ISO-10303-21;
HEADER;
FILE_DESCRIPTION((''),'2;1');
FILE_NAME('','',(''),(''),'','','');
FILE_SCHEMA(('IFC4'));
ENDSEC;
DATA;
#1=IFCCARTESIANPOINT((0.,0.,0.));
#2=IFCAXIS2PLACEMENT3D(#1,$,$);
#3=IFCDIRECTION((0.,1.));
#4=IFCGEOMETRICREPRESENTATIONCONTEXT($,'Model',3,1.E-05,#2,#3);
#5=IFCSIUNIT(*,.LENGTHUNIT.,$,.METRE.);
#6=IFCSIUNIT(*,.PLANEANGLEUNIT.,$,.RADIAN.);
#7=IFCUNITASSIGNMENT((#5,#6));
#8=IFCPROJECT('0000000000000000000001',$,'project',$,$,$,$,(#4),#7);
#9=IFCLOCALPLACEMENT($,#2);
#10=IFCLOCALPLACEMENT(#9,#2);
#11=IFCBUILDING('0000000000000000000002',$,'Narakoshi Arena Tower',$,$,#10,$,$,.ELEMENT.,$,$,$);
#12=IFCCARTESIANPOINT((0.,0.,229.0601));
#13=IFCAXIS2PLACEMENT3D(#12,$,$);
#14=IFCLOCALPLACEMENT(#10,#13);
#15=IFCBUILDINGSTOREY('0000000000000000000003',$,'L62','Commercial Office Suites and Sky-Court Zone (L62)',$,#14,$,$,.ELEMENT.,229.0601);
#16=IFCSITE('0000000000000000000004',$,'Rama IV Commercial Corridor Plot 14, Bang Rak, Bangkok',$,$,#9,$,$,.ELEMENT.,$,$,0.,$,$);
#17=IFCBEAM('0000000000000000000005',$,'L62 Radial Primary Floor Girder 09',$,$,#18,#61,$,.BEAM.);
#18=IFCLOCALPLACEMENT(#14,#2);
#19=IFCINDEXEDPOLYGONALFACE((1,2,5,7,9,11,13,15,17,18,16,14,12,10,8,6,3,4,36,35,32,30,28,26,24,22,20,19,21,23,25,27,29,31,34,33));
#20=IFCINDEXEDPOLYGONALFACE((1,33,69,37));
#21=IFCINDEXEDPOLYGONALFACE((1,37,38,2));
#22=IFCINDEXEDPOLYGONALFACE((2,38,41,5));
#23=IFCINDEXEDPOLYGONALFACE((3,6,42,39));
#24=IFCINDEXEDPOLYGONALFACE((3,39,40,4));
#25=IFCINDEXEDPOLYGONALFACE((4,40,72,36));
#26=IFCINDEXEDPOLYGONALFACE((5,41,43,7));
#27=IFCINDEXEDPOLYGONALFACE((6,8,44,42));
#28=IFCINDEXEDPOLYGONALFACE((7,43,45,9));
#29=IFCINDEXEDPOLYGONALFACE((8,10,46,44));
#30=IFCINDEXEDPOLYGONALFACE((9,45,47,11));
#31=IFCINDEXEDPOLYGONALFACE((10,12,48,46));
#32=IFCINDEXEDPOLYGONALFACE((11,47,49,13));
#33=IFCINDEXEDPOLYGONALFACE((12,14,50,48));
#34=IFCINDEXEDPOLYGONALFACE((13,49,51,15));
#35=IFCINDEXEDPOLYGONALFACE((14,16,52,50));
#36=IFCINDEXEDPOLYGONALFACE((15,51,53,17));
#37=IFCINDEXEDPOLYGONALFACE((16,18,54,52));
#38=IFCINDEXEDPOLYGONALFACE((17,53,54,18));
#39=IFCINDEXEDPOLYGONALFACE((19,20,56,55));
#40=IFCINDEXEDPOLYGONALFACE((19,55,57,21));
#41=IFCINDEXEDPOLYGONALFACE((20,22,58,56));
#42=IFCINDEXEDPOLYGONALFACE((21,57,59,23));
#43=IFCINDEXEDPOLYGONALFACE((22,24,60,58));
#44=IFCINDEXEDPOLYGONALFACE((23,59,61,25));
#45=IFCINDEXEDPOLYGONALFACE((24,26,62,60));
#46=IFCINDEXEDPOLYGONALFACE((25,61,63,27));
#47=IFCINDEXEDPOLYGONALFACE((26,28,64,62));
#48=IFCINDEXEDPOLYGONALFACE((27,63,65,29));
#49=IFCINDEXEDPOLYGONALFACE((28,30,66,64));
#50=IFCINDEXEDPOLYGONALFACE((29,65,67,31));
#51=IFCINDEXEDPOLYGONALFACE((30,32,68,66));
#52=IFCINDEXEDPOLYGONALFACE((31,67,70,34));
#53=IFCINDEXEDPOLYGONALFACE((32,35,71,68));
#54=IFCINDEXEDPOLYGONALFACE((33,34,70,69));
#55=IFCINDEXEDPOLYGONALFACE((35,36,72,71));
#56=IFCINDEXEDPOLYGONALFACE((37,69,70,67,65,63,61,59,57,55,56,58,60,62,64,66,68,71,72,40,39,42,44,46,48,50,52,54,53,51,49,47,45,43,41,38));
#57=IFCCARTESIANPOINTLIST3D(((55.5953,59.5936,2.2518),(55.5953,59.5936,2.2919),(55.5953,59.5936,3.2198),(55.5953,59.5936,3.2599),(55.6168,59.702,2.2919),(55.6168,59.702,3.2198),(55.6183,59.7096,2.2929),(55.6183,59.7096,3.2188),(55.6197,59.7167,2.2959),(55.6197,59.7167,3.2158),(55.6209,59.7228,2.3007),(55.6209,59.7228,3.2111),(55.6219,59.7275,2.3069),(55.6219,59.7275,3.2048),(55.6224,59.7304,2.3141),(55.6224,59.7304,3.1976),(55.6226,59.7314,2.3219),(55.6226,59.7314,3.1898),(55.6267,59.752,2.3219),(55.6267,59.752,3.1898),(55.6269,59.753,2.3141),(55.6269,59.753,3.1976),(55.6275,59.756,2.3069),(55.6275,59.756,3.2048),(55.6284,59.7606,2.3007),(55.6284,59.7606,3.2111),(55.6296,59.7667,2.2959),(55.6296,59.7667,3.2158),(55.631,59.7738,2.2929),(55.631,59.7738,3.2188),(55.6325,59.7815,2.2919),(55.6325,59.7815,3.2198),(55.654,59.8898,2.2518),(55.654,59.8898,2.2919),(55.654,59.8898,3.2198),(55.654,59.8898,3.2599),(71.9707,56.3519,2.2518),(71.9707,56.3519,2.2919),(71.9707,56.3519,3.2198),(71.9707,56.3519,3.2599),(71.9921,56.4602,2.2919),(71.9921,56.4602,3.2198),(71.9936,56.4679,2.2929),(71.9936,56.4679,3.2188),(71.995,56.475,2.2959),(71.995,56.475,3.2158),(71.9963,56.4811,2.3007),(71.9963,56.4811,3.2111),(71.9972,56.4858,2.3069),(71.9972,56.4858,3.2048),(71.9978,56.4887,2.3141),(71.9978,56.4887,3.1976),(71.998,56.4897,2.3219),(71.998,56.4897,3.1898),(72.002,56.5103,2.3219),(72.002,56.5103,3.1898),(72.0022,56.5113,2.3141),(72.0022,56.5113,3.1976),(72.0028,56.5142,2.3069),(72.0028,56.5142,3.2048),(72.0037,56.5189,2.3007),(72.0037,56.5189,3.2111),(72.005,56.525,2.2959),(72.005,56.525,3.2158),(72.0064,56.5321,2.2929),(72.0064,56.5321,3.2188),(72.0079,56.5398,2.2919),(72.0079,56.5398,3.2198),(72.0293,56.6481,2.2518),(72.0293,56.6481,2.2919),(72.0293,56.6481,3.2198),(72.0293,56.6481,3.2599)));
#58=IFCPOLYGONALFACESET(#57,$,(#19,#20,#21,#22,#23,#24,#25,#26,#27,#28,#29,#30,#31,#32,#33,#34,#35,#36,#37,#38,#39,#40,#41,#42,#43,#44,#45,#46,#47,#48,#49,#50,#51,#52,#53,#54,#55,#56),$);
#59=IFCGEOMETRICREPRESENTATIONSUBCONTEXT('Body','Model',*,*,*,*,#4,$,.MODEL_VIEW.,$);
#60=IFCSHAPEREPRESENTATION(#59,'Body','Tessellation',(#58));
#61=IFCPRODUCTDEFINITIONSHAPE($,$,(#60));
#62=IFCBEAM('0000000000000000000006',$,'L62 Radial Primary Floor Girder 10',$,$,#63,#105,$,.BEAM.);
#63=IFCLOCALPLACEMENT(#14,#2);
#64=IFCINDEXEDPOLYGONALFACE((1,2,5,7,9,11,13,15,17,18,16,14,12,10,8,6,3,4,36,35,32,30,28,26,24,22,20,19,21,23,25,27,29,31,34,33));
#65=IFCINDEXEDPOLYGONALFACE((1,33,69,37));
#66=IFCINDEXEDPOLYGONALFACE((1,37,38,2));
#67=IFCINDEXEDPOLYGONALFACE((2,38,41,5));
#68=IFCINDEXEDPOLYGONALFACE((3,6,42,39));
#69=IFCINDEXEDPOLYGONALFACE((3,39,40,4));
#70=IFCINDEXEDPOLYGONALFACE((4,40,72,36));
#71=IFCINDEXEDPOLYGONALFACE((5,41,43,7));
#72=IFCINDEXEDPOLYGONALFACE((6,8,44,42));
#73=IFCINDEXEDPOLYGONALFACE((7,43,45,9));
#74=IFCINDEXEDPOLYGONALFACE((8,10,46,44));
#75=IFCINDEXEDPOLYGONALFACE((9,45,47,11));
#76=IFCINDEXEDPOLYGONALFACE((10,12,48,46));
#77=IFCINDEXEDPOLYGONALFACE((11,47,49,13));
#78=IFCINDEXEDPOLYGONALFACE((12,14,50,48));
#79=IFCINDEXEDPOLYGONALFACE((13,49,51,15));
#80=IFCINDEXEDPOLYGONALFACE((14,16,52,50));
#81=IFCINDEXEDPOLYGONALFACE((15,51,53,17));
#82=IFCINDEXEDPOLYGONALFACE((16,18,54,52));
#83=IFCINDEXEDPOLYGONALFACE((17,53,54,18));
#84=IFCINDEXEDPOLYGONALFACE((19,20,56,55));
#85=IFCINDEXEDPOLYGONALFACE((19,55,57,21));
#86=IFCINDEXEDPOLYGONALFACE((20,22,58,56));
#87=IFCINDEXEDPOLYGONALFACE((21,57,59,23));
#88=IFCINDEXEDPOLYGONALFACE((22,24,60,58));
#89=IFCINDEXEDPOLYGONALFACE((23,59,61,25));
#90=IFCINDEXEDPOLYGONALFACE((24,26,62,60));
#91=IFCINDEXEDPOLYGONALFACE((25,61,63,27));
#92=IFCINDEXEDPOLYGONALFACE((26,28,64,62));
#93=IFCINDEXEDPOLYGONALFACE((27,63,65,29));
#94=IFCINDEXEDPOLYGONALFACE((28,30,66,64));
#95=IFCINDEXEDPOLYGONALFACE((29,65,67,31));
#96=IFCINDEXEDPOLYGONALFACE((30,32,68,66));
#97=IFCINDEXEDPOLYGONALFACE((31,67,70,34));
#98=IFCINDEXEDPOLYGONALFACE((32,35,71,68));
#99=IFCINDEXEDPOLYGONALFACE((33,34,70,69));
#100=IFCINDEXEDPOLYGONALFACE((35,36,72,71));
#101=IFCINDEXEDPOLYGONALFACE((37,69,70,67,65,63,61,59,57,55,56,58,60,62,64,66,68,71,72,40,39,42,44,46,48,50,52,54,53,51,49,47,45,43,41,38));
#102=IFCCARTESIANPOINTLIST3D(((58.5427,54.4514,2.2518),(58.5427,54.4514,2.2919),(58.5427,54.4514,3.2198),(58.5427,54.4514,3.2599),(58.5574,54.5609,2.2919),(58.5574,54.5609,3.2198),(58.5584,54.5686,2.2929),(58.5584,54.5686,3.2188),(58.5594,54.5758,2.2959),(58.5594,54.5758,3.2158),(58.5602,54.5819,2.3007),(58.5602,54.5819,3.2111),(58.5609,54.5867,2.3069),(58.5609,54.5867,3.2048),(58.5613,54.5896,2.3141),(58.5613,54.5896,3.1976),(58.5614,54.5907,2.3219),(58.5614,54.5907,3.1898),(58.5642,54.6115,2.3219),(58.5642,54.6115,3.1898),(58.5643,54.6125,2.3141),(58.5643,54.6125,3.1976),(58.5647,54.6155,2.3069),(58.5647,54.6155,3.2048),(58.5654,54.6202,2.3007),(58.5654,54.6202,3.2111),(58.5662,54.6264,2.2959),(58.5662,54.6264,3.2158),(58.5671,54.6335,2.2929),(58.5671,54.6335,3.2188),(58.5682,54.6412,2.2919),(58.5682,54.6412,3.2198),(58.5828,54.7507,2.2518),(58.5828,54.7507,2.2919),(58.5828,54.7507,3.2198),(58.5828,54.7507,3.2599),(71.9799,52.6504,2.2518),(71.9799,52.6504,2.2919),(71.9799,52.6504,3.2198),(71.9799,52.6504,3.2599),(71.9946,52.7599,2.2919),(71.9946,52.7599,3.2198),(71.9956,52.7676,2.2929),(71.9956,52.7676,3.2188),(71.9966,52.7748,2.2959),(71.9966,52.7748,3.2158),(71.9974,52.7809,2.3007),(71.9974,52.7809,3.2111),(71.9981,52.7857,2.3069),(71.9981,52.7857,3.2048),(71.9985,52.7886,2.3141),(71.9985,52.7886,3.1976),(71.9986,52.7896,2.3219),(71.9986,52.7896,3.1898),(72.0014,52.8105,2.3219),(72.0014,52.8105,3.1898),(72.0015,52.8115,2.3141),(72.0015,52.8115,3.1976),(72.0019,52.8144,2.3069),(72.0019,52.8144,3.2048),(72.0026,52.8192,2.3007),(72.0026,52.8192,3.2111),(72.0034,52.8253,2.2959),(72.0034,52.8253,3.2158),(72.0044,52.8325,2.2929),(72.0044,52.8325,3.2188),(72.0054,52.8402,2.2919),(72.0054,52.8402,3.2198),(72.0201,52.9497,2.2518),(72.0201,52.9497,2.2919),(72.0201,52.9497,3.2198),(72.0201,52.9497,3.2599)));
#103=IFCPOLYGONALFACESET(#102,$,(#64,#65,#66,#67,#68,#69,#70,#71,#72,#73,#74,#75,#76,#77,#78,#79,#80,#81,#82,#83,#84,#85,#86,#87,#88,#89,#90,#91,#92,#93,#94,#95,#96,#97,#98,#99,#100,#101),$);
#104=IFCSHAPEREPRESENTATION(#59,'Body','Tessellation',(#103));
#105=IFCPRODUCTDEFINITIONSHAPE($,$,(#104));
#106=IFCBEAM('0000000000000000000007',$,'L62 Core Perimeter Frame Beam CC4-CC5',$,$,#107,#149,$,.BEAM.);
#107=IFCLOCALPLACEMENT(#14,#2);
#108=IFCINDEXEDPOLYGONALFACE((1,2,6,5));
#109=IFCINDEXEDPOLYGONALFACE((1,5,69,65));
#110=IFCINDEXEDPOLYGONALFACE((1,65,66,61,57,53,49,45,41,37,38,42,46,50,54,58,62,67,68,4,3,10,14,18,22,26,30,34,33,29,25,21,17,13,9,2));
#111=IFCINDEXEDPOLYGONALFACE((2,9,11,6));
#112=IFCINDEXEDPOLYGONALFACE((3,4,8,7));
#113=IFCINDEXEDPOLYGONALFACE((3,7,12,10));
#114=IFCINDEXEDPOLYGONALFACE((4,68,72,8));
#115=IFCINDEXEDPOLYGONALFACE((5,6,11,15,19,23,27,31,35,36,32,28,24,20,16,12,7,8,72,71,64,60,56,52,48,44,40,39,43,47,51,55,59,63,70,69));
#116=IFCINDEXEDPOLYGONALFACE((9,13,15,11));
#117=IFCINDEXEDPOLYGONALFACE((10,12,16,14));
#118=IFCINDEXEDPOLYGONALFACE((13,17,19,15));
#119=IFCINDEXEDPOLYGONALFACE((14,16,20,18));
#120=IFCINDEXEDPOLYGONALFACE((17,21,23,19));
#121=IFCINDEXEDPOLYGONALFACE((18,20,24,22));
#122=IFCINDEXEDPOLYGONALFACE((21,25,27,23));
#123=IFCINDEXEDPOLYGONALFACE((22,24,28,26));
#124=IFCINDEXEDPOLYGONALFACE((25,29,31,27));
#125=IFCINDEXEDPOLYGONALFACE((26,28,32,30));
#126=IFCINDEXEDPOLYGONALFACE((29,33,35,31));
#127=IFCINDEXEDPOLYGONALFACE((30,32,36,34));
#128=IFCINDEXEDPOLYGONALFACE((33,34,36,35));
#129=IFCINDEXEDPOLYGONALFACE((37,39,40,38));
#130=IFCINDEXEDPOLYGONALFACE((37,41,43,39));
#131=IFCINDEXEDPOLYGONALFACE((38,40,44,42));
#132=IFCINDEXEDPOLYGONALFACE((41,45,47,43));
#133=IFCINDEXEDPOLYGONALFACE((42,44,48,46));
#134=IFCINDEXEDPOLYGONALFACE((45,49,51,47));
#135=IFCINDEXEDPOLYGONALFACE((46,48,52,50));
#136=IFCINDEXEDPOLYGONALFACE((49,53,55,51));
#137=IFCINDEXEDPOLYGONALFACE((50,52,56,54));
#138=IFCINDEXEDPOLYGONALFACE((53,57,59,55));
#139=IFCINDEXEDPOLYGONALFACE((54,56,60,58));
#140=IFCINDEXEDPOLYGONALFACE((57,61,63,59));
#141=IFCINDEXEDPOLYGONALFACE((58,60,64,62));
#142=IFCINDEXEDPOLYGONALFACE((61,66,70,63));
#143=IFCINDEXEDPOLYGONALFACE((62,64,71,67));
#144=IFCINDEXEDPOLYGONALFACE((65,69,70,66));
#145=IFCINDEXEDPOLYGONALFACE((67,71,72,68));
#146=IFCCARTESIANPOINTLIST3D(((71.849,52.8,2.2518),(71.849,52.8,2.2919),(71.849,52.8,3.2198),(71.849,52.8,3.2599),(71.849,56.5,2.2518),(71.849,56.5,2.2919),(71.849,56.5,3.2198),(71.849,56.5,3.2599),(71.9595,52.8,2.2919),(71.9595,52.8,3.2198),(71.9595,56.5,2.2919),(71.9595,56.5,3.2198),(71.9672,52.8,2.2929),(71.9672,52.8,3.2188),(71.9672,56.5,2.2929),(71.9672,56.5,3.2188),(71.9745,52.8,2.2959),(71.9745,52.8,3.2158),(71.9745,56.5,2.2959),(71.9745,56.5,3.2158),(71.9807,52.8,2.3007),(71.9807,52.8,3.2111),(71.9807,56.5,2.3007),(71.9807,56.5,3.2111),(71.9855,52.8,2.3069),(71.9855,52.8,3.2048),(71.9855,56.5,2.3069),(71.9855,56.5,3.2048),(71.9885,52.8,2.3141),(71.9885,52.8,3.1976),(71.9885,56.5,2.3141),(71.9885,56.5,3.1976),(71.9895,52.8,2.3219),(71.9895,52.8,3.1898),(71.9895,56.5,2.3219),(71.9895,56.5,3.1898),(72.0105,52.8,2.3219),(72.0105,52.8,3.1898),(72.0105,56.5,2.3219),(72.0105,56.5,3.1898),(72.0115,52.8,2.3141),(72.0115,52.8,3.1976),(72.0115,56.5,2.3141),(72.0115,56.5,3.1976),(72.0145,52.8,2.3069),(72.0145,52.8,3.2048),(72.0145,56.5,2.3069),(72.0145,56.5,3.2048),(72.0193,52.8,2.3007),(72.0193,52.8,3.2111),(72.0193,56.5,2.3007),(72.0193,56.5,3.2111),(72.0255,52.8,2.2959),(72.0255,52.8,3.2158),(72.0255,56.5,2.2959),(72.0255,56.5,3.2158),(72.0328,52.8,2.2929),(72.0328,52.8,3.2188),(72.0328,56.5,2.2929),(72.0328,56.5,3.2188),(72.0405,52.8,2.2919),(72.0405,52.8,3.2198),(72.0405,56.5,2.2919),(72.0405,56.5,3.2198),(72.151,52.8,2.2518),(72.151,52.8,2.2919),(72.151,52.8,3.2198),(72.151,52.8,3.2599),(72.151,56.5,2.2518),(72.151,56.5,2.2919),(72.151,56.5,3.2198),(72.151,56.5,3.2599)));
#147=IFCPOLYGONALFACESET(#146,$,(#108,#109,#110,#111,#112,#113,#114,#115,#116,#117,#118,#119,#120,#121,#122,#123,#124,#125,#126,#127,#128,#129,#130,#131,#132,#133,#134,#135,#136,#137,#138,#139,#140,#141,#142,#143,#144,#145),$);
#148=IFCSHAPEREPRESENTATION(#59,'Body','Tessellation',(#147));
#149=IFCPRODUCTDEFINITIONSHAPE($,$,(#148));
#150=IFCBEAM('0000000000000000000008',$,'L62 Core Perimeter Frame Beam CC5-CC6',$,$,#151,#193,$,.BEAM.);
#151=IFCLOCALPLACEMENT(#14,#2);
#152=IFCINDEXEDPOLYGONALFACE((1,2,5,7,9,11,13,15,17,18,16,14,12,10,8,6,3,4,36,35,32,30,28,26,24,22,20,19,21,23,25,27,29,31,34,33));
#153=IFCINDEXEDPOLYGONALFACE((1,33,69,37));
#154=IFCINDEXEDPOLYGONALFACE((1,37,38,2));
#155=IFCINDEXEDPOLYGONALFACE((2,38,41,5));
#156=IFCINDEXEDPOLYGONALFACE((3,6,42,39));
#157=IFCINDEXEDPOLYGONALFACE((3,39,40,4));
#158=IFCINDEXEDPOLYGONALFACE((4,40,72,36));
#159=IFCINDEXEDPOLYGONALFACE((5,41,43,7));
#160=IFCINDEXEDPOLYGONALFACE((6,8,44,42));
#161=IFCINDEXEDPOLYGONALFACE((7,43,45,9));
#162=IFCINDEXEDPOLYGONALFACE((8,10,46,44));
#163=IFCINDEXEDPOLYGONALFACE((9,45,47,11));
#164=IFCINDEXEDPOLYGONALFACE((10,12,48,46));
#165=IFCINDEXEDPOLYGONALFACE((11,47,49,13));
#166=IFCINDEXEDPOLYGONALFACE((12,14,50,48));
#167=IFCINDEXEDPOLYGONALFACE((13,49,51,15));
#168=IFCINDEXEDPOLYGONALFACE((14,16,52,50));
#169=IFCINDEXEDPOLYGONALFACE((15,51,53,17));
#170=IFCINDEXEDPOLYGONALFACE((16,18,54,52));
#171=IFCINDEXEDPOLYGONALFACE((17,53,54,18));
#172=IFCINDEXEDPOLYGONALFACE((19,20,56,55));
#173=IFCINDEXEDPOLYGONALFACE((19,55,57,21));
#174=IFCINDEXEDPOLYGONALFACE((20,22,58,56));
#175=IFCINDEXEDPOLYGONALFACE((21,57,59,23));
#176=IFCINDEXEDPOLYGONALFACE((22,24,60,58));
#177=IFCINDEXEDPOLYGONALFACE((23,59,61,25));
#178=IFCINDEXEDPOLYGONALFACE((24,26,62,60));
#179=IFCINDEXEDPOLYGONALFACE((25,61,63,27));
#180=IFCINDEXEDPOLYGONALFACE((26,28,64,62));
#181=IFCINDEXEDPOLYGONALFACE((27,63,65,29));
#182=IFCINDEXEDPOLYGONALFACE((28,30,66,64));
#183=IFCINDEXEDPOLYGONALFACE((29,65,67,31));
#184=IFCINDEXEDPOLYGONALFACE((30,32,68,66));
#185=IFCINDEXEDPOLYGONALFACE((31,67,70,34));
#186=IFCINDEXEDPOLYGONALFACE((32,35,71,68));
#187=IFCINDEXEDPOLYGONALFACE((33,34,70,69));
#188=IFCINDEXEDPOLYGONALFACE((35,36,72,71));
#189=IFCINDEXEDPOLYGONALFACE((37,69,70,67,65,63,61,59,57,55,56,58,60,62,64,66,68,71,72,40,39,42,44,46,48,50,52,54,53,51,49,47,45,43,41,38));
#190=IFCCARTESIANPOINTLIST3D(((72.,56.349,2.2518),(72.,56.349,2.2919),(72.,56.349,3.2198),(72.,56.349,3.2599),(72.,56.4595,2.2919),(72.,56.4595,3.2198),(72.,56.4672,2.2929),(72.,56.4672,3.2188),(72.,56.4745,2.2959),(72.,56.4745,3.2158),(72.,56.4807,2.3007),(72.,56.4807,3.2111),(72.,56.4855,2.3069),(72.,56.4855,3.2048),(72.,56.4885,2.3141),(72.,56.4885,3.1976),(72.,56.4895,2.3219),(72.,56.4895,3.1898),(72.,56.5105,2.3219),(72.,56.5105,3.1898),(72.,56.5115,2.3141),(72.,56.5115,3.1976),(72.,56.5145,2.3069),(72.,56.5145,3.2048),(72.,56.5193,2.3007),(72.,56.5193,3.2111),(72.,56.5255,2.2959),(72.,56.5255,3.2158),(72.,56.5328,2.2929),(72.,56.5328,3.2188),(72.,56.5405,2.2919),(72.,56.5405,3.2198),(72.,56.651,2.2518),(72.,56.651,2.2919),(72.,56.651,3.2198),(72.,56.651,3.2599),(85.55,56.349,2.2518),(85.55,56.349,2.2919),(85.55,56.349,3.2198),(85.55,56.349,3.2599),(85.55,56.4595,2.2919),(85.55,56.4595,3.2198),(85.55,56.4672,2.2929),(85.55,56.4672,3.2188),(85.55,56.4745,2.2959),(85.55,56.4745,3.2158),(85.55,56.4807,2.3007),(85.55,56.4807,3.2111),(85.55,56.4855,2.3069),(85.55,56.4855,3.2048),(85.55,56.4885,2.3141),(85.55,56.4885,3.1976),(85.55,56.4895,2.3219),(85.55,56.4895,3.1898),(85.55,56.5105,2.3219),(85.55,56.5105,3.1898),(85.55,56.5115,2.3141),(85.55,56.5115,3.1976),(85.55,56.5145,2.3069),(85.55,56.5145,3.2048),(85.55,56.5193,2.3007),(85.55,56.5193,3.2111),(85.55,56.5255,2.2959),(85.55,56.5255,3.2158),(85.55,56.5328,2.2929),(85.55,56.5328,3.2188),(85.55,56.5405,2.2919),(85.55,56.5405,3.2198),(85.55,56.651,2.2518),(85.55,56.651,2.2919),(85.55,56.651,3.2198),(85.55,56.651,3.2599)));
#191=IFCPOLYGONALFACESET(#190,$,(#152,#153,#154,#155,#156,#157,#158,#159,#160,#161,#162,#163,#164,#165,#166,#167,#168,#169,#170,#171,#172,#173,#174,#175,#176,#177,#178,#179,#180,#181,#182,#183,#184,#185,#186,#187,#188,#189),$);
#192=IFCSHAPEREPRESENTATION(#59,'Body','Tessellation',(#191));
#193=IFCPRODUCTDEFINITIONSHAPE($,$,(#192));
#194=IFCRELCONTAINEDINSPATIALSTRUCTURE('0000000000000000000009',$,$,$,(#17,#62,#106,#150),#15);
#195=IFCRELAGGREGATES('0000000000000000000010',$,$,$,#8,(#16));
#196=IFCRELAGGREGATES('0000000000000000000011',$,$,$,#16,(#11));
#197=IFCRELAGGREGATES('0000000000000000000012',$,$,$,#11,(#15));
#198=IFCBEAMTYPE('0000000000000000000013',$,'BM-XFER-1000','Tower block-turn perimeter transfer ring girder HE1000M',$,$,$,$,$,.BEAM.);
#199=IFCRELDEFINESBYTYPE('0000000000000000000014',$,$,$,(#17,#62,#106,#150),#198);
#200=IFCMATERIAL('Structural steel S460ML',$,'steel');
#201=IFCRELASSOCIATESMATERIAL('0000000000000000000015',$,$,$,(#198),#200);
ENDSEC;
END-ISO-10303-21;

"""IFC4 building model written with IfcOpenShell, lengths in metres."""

from ifc_helpers import new_model, si_unit, direction, frame, origin, origin_2d, place, context, subcontext, project, spatial, i_section, extrude, material, material_profile, profile_set, type_object, element, save


model = new_model("IFC4")

# Units and contexts
model_context = context("Model", 3, precision=1e-05, world=origin(), true_north=direction((0.0, 1.0)))
body_context = subcontext(model_context, "Body", "Model", "MODEL_VIEW")
ifc_project = project(units=[si_unit("LENGTHUNIT", "METRE"), si_unit("PLANEANGLEUNIT", "RADIAN")], contexts=[model_context])

# Site, building, storey
site_placement = place(None, origin())
site = spatial("IfcSite", under=ifc_project, at=site_placement, Name="Rama IV Commercial Corridor Plot 14, Bang Rak, Bangkok", CompositionType="ELEMENT", RefElevation=0.0)
building_placement = place(site_placement, origin())
building = spatial("IfcBuilding", under=site, at=building_placement, Name="Narakoshi Arena Tower", CompositionType="ELEMENT")
storey_placement = place(building_placement, frame((0.0, 0.0, 229.0601)))
storey = spatial("IfcBuildingStorey", under=building, at=storey_placement, Name="L62", Description="Commercial Office Suites and Sky-Court Zone (L62)", CompositionType="ELEMENT", Elevation=229.0601)

# Beams
ifc_material_1 = material(Name="Structural steel S460ML", Category="steel")
ifc_material_profile_1 = material_profile(ifc_material_1, i_section(OverallWidth=0.302, OverallDepth=1.0081, WebThickness=0.021, FlangeThickness=0.04, FilletRadius=0.03, at=origin_2d()), Name="HE1000M")
ifc_profile_set_1 = profile_set([ifc_material_profile_1], Name="Structural steel S460ML")
beam_type = type_object("IfcBeamType", Name="BM-XFER-1000", Description="Tower block-turn perimeter transfer ring girder HE1000M", PredefinedType="BEAM", material=ifc_profile_set_1)
beam_1_placement = place(storey_placement, frame((72.0, 56.5, 2.7559), z_axis=(-0.980963, 0.194195, 0.0), x_axis=(-0.194195, -0.980963, 0.0)))
element("IfcBeam", 1, at=beam_1_placement, inside=storey, type_object=beam_type, Name="L62 Radial Primary Floor Girder 09", PredefinedType="BEAM", context=body_context, shape_type="SweptSolid", body=[
    extrude(i_section(OverallWidth=0.302, OverallDepth=1.0081, WebThickness=0.021, FlangeThickness=0.04, FilletRadius=0.03, at=origin_2d()), origin(), (0.0, 0.0, 1.0), 16.6931),
])
beam_2_placement = place(storey_placement, frame((72.0, 52.8, 2.7559), z_axis=(-0.991137, 0.132844, 0.0), x_axis=(-0.132844, -0.991137, 0.0)))
element("IfcBeam", 2, at=beam_2_placement, inside=storey, type_object=beam_type, Name="L62 Radial Primary Floor Girder 10", PredefinedType="BEAM", context=body_context, shape_type="SweptSolid", body=[
    extrude(i_section(OverallWidth=0.302, OverallDepth=1.0081, WebThickness=0.021, FlangeThickness=0.04, FilletRadius=0.03, at=origin_2d()), origin(), (0.0, 0.0, 1.0), 13.5574),
])
beam_3_placement = place(storey_placement, frame((72.0, 52.8, 2.7559), z_axis=(0.0, 1.0, 0.0), x_axis=(-1.0, 0.0, 0.0)))
element("IfcBeam", 3, at=beam_3_placement, inside=storey, type_object=beam_type, Name="L62 Core Perimeter Frame Beam CC4-CC5", PredefinedType="BEAM", context=body_context, shape_type="SweptSolid", body=[
    extrude(i_section(OverallWidth=0.302, OverallDepth=1.0081, WebThickness=0.021, FlangeThickness=0.04, FilletRadius=0.03, at=origin_2d()), origin(), (0.0, 0.0, 1.0), 3.7),
])
beam_4_placement = place(storey_placement, frame((72.0, 56.5, 2.7559), z_axis=(1.0, 0.0, 0.0), x_axis=(0.0, 1.0, 0.0)))
element("IfcBeam", 4, at=beam_4_placement, inside=storey, type_object=beam_type, Name="L62 Core Perimeter Frame Beam CC5-CC6", PredefinedType="BEAM", context=body_context, shape_type="SweptSolid", body=[
    extrude(i_section(OverallWidth=0.302, OverallDepth=1.0081, WebThickness=0.021, FlangeThickness=0.04, FilletRadius=0.03, at=origin_2d()), origin(), (0.0, 0.0, 1.0), 13.55),
])

save(model, "model.ifc")
